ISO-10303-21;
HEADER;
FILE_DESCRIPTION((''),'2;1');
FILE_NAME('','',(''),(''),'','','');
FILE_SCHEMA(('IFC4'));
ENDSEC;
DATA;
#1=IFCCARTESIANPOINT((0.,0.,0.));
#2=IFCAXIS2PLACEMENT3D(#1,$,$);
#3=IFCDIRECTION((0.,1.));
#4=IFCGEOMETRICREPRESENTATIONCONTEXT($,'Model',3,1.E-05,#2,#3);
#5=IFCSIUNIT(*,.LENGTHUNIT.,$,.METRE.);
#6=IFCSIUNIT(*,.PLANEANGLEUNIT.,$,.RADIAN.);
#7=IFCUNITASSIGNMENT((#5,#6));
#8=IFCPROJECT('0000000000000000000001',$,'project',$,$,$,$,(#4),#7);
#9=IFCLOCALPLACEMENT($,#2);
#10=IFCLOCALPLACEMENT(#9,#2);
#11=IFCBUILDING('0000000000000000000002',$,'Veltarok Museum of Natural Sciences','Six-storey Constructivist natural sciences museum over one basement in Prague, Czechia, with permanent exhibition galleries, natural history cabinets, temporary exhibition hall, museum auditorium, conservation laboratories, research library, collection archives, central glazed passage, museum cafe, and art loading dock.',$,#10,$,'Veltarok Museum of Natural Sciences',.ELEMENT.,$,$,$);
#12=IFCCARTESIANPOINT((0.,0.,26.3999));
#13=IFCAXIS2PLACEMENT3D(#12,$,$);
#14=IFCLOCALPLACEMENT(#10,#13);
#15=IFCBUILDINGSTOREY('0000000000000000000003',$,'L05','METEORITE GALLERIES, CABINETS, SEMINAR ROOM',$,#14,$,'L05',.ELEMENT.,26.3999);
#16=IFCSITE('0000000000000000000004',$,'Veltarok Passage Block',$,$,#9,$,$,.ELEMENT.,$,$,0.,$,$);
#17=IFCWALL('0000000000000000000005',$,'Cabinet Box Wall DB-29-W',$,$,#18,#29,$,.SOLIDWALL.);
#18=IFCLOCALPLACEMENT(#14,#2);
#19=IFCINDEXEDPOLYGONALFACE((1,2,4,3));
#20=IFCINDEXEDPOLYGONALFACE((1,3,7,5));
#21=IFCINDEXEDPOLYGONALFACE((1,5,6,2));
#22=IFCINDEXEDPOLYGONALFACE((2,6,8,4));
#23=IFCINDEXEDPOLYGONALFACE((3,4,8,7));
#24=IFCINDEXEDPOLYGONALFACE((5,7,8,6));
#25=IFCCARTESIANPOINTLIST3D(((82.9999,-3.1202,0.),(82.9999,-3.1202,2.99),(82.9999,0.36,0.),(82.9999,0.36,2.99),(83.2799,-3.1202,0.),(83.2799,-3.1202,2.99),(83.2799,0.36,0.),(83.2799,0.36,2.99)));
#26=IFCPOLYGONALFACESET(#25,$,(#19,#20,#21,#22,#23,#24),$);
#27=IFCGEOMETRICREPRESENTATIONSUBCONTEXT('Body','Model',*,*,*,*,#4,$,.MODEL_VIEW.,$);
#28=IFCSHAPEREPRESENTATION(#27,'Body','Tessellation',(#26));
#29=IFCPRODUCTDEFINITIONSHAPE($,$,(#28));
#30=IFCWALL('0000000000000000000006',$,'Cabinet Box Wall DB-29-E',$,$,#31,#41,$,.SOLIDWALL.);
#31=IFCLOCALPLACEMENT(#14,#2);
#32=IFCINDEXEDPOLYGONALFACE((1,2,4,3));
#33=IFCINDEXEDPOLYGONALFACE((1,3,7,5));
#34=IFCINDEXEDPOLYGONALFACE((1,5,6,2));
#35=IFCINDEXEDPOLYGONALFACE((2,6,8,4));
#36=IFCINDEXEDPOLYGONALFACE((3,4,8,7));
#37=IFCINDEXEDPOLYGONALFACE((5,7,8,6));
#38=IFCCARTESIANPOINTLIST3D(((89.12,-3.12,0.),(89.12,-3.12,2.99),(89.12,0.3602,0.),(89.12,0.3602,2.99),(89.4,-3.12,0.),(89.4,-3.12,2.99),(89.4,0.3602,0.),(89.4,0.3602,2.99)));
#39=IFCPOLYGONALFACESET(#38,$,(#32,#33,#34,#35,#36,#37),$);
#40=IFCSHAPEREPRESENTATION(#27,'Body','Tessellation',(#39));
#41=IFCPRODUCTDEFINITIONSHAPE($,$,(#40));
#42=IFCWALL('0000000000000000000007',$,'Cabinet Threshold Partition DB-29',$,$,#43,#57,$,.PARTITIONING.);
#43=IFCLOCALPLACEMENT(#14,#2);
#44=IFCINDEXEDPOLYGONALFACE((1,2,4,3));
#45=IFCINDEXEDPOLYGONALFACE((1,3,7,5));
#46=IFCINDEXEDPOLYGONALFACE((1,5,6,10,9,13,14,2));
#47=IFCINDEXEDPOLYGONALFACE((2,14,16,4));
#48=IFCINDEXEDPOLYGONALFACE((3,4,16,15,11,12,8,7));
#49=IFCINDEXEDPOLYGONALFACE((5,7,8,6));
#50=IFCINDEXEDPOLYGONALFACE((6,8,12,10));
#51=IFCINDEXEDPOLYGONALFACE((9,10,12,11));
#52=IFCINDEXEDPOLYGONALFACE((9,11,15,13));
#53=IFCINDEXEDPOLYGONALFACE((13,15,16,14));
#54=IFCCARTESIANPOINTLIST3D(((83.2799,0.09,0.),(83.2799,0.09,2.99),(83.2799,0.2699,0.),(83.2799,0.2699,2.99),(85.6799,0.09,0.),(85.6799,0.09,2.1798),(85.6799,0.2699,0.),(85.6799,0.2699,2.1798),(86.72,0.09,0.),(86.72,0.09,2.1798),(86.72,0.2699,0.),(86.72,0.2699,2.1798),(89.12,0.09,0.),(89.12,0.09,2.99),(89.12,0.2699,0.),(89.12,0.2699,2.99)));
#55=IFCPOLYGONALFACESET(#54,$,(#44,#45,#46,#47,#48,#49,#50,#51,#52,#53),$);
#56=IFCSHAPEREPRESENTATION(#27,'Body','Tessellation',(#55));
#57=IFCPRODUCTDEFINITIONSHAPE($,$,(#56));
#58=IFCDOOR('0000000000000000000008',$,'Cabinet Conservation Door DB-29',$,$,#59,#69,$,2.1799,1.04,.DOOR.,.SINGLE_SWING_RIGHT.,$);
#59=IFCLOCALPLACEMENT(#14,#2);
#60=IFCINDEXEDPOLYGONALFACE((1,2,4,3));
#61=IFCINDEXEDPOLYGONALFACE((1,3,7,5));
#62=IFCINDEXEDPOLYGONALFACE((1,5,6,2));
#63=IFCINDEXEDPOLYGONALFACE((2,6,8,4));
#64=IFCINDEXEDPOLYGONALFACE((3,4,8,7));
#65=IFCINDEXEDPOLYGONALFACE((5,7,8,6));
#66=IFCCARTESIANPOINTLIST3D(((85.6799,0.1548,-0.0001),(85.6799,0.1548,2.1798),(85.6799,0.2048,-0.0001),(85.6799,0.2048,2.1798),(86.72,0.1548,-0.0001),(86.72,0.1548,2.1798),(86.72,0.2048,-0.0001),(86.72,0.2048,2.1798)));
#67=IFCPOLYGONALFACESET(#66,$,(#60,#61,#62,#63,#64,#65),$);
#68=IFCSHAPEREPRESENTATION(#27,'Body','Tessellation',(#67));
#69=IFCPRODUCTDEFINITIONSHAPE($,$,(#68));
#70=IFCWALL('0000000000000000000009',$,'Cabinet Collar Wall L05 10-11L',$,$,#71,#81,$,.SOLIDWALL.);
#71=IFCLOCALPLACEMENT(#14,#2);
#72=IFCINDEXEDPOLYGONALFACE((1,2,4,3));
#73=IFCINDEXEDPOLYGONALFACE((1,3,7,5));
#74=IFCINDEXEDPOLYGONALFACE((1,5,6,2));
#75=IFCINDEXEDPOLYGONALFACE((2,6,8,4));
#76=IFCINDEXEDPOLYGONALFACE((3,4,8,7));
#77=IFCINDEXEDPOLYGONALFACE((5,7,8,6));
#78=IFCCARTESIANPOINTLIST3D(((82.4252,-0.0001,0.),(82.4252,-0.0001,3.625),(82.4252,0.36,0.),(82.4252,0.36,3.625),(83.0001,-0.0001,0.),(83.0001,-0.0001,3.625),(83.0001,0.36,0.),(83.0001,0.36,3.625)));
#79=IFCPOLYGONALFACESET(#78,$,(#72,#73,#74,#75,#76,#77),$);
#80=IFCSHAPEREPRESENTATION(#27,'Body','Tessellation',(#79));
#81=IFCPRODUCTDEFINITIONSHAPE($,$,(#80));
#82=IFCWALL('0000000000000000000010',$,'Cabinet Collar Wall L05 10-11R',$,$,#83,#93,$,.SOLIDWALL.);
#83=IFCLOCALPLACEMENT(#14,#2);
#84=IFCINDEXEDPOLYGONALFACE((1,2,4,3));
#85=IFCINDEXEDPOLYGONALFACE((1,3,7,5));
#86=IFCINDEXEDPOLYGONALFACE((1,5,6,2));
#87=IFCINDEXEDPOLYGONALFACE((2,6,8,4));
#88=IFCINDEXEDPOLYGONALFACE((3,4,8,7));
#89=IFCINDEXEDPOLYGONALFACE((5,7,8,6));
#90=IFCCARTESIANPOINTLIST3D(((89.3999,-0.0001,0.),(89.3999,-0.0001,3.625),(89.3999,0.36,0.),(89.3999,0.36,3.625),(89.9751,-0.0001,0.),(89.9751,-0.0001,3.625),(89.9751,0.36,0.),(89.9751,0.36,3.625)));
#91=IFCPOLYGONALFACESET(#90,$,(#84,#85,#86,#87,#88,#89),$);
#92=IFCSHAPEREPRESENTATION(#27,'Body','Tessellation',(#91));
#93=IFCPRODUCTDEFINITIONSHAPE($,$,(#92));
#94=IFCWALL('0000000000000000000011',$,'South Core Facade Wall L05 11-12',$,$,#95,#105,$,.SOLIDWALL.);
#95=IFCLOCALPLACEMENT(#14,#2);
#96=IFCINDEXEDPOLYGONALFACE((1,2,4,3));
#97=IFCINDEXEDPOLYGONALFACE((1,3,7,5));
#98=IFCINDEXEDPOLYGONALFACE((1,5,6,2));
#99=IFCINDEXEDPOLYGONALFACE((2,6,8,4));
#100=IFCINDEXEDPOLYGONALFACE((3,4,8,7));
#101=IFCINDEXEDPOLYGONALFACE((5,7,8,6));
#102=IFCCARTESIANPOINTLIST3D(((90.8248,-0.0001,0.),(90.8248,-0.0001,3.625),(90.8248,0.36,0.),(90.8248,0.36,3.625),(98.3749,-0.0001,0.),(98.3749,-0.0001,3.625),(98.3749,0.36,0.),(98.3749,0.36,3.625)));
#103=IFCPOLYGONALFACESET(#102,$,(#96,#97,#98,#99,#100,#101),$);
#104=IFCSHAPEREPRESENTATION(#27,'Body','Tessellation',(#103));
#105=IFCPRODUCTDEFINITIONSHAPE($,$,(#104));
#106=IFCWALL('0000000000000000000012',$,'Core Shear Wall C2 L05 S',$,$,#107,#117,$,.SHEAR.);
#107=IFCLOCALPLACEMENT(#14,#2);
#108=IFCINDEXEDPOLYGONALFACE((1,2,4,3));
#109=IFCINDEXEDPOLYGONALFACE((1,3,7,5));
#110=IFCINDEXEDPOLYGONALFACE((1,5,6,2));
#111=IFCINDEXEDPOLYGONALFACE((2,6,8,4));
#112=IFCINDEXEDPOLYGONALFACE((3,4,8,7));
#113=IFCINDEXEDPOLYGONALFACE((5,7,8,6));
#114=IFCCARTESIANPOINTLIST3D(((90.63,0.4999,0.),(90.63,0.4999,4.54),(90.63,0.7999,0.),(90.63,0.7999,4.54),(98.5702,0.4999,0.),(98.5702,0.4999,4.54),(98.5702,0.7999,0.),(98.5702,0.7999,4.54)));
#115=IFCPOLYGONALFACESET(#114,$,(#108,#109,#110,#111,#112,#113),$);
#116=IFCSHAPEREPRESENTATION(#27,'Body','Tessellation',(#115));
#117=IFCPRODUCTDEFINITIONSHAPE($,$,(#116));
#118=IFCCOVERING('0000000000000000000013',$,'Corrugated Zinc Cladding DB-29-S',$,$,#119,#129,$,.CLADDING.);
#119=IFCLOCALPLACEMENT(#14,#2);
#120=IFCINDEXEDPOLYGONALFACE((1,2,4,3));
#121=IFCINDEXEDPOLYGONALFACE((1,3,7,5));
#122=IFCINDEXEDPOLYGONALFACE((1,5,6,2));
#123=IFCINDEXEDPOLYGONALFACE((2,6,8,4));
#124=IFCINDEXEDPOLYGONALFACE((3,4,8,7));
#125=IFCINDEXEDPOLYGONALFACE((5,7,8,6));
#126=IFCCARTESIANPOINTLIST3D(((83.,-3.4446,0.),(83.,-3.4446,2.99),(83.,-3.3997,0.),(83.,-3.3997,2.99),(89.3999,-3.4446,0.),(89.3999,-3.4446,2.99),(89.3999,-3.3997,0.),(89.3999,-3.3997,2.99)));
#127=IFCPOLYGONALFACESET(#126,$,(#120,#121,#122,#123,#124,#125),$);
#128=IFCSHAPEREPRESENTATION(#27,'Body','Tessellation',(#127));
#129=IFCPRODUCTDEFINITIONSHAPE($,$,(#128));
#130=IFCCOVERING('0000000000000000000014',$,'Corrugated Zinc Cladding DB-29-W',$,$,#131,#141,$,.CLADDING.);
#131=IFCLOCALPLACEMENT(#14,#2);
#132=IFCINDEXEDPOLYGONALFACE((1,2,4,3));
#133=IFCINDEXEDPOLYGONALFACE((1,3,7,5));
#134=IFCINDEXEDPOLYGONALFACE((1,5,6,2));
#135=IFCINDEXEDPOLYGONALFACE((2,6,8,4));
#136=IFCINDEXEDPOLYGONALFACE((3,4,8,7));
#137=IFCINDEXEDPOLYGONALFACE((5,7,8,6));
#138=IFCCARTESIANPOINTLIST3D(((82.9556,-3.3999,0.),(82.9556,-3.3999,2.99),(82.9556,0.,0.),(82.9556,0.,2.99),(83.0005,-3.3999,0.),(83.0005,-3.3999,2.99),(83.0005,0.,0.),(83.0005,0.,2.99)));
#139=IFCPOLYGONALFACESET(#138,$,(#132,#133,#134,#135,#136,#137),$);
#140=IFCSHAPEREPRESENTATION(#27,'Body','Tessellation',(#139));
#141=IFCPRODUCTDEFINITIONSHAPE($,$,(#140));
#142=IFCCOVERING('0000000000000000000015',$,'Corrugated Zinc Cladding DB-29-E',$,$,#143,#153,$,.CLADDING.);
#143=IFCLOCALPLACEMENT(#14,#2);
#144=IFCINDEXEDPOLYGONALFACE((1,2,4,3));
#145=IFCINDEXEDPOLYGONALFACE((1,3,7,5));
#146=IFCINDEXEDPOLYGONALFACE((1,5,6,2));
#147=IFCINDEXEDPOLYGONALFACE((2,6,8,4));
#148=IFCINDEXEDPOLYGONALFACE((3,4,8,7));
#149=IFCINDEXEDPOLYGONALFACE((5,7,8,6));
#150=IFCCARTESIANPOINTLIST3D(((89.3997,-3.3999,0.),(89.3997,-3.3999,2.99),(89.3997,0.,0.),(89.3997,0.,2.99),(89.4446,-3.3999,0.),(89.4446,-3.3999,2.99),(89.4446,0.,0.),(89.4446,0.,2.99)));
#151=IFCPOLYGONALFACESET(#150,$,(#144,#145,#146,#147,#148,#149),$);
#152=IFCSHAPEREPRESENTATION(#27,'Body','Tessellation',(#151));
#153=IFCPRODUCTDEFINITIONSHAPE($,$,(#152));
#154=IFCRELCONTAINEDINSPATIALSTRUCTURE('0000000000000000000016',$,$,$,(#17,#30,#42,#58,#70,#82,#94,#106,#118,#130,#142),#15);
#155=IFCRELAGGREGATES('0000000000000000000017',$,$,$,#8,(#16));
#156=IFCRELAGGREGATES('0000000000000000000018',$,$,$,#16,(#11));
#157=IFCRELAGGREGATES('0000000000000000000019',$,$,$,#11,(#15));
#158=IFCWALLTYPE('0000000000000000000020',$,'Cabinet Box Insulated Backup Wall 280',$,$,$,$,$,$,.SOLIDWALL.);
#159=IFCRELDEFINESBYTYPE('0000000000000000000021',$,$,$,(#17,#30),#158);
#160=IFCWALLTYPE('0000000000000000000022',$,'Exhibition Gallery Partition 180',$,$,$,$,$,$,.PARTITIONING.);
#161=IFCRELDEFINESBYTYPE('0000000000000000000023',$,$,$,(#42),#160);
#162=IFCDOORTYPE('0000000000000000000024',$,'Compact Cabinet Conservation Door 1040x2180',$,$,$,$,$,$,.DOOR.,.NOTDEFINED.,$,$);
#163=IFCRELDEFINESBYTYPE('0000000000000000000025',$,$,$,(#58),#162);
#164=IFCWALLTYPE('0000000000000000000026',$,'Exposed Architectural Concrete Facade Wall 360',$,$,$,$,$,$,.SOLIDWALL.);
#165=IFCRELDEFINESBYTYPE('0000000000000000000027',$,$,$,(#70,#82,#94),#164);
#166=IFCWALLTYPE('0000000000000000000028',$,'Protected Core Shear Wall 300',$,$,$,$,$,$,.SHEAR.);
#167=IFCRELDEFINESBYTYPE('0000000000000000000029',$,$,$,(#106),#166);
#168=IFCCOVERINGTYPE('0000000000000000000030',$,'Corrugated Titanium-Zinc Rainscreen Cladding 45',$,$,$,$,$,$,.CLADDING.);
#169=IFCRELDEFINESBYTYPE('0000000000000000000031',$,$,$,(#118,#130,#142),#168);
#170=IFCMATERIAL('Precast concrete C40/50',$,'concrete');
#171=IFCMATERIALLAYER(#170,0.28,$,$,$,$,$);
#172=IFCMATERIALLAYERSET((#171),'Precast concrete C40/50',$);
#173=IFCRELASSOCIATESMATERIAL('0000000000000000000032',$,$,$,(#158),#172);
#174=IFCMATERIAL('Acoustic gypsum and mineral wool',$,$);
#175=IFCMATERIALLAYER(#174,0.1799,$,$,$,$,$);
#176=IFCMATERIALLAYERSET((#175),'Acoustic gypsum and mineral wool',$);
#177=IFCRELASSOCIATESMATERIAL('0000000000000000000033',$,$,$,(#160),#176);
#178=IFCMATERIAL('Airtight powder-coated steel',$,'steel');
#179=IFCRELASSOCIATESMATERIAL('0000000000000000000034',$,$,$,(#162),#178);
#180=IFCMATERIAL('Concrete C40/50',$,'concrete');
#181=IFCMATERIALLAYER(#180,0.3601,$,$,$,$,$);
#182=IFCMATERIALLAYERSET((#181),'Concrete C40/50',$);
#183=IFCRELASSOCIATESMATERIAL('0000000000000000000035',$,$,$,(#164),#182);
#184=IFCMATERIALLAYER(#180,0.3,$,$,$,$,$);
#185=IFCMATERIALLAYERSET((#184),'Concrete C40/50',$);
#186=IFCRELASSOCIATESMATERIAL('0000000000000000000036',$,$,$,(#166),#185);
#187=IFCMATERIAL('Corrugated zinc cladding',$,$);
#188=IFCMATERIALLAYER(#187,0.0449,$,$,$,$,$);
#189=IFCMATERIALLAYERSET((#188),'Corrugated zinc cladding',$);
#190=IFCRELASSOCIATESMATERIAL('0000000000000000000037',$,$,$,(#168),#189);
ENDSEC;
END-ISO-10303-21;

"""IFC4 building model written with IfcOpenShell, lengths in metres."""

from ifc_helpers import new_model, si_unit, direction, frame, frame_2d, origin, place, context, subcontext, project, spatial, rectangle, extrude, material, layer, layer_set, type_object, element, fill, save


model = new_model("IFC4")

# Units and contexts
model_context = context("Model", 3, precision=1e-05, world=origin(), true_north=direction((0.0, 1.0)))
body_context = subcontext(model_context, "Body", "Model", "MODEL_VIEW")
ifc_project = project(units=[si_unit("LENGTHUNIT", "METRE"), si_unit("PLANEANGLEUNIT", "RADIAN")], contexts=[model_context])

# Site, building, storey
site_placement = place(None, origin())
site = spatial("IfcSite", under=ifc_project, at=site_placement, Name="Veltarok Passage Block", CompositionType="ELEMENT", RefElevation=0.0)
building_placement = place(site_placement, origin())
building = spatial("IfcBuilding", under=site, at=building_placement, Name="Veltarok Museum of Natural Sciences", Description="Six-storey Constructivist natural sciences museum over one basement in Prague, Czechia, with permanent exhibition galleries, natural history cabinets, temporary exhibition hall, museum auditorium, conservation laboratories, research library, collection archives, central glazed passage, museum cafe, and art loading dock.", LongName="Veltarok Museum of Natural Sciences", CompositionType="ELEMENT")
storey_placement = place(building_placement, frame((0.0, 0.0, 26.3999)))
storey = spatial("IfcBuildingStorey", under=building, at=storey_placement, Name="L05", Description="METEORITE GALLERIES, CABINETS, SEMINAR ROOM", LongName="L05", CompositionType="ELEMENT", Elevation=26.3999)

# Shared definitions
ifc_material_1 = material(Name="Concrete C40/50", Category="concrete")

# Walls
ifc_material_2 = material(Name="Precast concrete C40/50", Category="concrete")
ifc_layer_1 = layer(ifc_material_2, 0.28)
ifc_layer_set_1 = layer_set([ifc_layer_1], Name="Precast concrete C40/50")
wall_type_1 = type_object("IfcWallType", Name="Cabinet Box Insulated Backup Wall 280", PredefinedType="SOLIDWALL", material=ifc_layer_set_1)
for number, where, z_axis, x_axis, name in (
    (1, (83.1399, 0.3601, 0.0), (0.0, 0.0, 1.0), (0.0, -1.0, 0.0), "Cabinet Box Wall DB-29-W"),
    (2, (89.26, -3.1201, 0.0), (0.0, 0.0, 1.0), (0.0, 1.0, 0.0), "Cabinet Box Wall DB-29-E"),
):
    element("IfcWall", number, at=place(storey_placement, frame(where, z_axis=z_axis, x_axis=x_axis)), inside=storey, type_object=wall_type_1, Name=name, PredefinedType="SOLIDWALL", context=body_context, shape_type="SweptSolid", body=[
        extrude(rectangle(XDim=3.4802, YDim=0.28, at=frame_2d((1.7402, 0.0))), origin(), (0.0, 0.0, 1.0), 2.99),
    ])

# Wall, opening, door
ifc_material_3 = material(Name="Acoustic gypsum and mineral wool")
ifc_layer_2 = layer(ifc_material_3, 0.1799)
ifc_layer_set_2 = layer_set([ifc_layer_2], Name="Acoustic gypsum and mineral wool")
wall_type_2 = type_object("IfcWallType", Name="Exhibition Gallery Partition 180", PredefinedType="PARTITIONING", material=ifc_layer_set_2)
wall_1_placement = place(storey_placement, frame((83.28, 0.1799, 0.0), z_axis=(0.0, 0.0, 1.0), x_axis=(1.0, 0.0, 0.0)))
wall_1 = element("IfcWall", 3, at=wall_1_placement, inside=storey, type_object=wall_type_2, Name="Cabinet Threshold Partition DB-29", PredefinedType="PARTITIONING", context=body_context, shape_type="SweptSolid", body=[
    extrude(rectangle(XDim=5.8401, YDim=0.1799, at=frame_2d((2.9199, 0.0))), origin(), (0.0, 0.0, 1.0), 2.99),
])
opening_placement = place(wall_1_placement, frame((2.3999, 0.0, 0.0)))
opening = element("IfcOpeningElement", 4, at=opening_placement, cuts=wall_1, PredefinedType="OPENING", context=body_context, shape_type="SweptSolid", body=[
    extrude(rectangle(XDim=1.04, YDim=2.1799, at=frame_2d((0.52, 1.0898))), frame((0.0, 0.1001, 0.0), z_axis=(0.0, -1.0, 0.0), x_axis=(1.0, 0.0, 0.0)), (0.0, 0.0, 1.0), 0.2),
])
ifc_material_4 = material(Name="Airtight powder-coated steel", Category="steel")
door_type = type_object("IfcDoorType", Name="Compact Cabinet Conservation Door 1040x2180", OperationType="NOTDEFINED", PredefinedType="DOOR", material=ifc_material_4)
door_placement = place(opening_placement, origin())
door = element("IfcDoor", 5, at=door_placement, inside=storey, type_object=door_type, Name="Cabinet Conservation Door DB-29", OperationType="SINGLE_SWING_RIGHT", OverallHeight=2.1799, OverallWidth=1.04, PredefinedType="DOOR", context=body_context, shape_type="SweptSolid", body=[
    extrude(rectangle(XDim=1.04, YDim=2.1799, at=frame_2d((0.52, 1.0898))), frame((0.0, 0.0249, 0.0), z_axis=(0.0, -1.0, 0.0), x_axis=(1.0, 0.0, 0.0)), (0.0, 0.0, 1.0), 0.05),
])
fill(opening, door)

# Walls
ifc_layer_3 = layer(ifc_material_1, 0.3601)
ifc_layer_set_3 = layer_set([ifc_layer_3], Name="Concrete C40/50")
wall_type_3 = type_object("IfcWallType", Name="Exposed Architectural Concrete Facade Wall 360", PredefinedType="SOLIDWALL", material=ifc_layer_set_3)
wall_2_placement = place(storey_placement, frame((82.425, 0.1799, 0.0), z_axis=(0.0, 0.0, 1.0), x_axis=(1.0, 0.0, 0.0)))
element("IfcWall", 6, at=wall_2_placement, inside=storey, type_object=wall_type_3, Name="Cabinet Collar Wall L05 10-11L", PredefinedType="SOLIDWALL", context=body_context, shape_type="SweptSolid", body=[
    extrude(rectangle(XDim=0.575, YDim=0.3601, at=frame_2d((0.2876, 0.0))), origin(), (0.0, 0.0, 1.0), 3.625),
])
wall_3_placement = place(storey_placement, frame((89.3999, 0.1799, 0.0), z_axis=(0.0, 0.0, 1.0), x_axis=(1.0, 0.0, 0.0)))
element("IfcWall", 7, at=wall_3_placement, inside=storey, type_object=wall_type_3, Name="Cabinet Collar Wall L05 10-11R", PredefinedType="SOLIDWALL", context=body_context, shape_type="SweptSolid", body=[
    extrude(rectangle(XDim=0.5752, YDim=0.3601, at=frame_2d((0.2876, 0.0))), origin(), (0.0, 0.0, 1.0), 3.625),
])
wall_4_placement = place(storey_placement, frame((90.825, 0.1799, 0.0), z_axis=(0.0, 0.0, 1.0), x_axis=(1.0, 0.0, 0.0)))
element("IfcWall", 8, at=wall_4_placement, inside=storey, type_object=wall_type_3, Name="South Core Facade Wall L05 11-12", PredefinedType="SOLIDWALL", context=body_context, shape_type="SweptSolid", body=[
    extrude(rectangle(XDim=7.55, YDim=0.3601, at=frame_2d((3.7749, 0.0))), origin(), (0.0, 0.0, 1.0), 3.625),
])
ifc_layer_4 = layer(ifc_material_1, 0.3)
ifc_layer_set_4 = layer_set([ifc_layer_4], Name="Concrete C40/50")
wall_type_4 = type_object("IfcWallType", Name="Protected Core Shear Wall 300", PredefinedType="SHEAR", material=ifc_layer_set_4)
wall_5_placement = place(storey_placement, frame((90.6299, 0.6499, 0.0), z_axis=(0.0, 0.0, 1.0), x_axis=(1.0, 0.0, 0.0)))
element("IfcWall", 9, at=wall_5_placement, inside=storey, type_object=wall_type_4, Name="Core Shear Wall C2 L05 S", PredefinedType="SHEAR", context=body_context, shape_type="SweptSolid", body=[
    extrude(rectangle(XDim=7.9402, YDim=0.3, at=frame_2d((3.9702, 0.0))), origin(), (0.0, 0.0, 1.0), 4.54),
])

# Coverings
ifc_material_5 = material(Name="Corrugated zinc cladding")
ifc_layer_5 = layer(ifc_material_5, 0.0449)
ifc_layer_set_5 = layer_set([ifc_layer_5], Name="Corrugated zinc cladding")
covering_type = type_object("IfcCoveringType", Name="Corrugated Titanium-Zinc Rainscreen Cladding 45", PredefinedType="CLADDING", material=ifc_layer_set_5)
covering_placement = place(storey_placement, frame((83.0, -3.4221, 0.0), z_axis=(0.0, 0.0, 1.0), x_axis=(1.0, 0.0, 0.0)))
element("IfcCovering", 10, at=covering_placement, inside=storey, type_object=covering_type, Name="Corrugated Zinc Cladding DB-29-S", PredefinedType="CLADDING", context=body_context, shape_type="SweptSolid", body=[
    extrude(rectangle(XDim=6.3999, YDim=0.0449, at=frame_2d((3.2, 0.0))), origin(), (0.0, 0.0, 1.0), 2.99),
])
for number, where, z_axis, x_axis, name in (
    (11, (82.978, 0.0, 0.0), (0.0, 0.0, 1.0), (0.0, -1.0, 0.0), "Corrugated Zinc Cladding DB-29-W"),
    (12, (89.4221, -3.3999, 0.0), (0.0, 0.0, 1.0), (0.0, 1.0, 0.0), "Corrugated Zinc Cladding DB-29-E"),
):
    element("IfcCovering", number, at=place(storey_placement, frame(where, z_axis=z_axis, x_axis=x_axis)), inside=storey, type_object=covering_type, Name=name, PredefinedType="CLADDING", context=body_context, shape_type="SweptSolid", body=[
        extrude(rectangle(XDim=3.3999, YDim=0.0449, at=frame_2d((1.7, 0.0))), origin(), (0.0, 0.0, 1.0), 2.99),
    ])

save(model, "model.ifc")
